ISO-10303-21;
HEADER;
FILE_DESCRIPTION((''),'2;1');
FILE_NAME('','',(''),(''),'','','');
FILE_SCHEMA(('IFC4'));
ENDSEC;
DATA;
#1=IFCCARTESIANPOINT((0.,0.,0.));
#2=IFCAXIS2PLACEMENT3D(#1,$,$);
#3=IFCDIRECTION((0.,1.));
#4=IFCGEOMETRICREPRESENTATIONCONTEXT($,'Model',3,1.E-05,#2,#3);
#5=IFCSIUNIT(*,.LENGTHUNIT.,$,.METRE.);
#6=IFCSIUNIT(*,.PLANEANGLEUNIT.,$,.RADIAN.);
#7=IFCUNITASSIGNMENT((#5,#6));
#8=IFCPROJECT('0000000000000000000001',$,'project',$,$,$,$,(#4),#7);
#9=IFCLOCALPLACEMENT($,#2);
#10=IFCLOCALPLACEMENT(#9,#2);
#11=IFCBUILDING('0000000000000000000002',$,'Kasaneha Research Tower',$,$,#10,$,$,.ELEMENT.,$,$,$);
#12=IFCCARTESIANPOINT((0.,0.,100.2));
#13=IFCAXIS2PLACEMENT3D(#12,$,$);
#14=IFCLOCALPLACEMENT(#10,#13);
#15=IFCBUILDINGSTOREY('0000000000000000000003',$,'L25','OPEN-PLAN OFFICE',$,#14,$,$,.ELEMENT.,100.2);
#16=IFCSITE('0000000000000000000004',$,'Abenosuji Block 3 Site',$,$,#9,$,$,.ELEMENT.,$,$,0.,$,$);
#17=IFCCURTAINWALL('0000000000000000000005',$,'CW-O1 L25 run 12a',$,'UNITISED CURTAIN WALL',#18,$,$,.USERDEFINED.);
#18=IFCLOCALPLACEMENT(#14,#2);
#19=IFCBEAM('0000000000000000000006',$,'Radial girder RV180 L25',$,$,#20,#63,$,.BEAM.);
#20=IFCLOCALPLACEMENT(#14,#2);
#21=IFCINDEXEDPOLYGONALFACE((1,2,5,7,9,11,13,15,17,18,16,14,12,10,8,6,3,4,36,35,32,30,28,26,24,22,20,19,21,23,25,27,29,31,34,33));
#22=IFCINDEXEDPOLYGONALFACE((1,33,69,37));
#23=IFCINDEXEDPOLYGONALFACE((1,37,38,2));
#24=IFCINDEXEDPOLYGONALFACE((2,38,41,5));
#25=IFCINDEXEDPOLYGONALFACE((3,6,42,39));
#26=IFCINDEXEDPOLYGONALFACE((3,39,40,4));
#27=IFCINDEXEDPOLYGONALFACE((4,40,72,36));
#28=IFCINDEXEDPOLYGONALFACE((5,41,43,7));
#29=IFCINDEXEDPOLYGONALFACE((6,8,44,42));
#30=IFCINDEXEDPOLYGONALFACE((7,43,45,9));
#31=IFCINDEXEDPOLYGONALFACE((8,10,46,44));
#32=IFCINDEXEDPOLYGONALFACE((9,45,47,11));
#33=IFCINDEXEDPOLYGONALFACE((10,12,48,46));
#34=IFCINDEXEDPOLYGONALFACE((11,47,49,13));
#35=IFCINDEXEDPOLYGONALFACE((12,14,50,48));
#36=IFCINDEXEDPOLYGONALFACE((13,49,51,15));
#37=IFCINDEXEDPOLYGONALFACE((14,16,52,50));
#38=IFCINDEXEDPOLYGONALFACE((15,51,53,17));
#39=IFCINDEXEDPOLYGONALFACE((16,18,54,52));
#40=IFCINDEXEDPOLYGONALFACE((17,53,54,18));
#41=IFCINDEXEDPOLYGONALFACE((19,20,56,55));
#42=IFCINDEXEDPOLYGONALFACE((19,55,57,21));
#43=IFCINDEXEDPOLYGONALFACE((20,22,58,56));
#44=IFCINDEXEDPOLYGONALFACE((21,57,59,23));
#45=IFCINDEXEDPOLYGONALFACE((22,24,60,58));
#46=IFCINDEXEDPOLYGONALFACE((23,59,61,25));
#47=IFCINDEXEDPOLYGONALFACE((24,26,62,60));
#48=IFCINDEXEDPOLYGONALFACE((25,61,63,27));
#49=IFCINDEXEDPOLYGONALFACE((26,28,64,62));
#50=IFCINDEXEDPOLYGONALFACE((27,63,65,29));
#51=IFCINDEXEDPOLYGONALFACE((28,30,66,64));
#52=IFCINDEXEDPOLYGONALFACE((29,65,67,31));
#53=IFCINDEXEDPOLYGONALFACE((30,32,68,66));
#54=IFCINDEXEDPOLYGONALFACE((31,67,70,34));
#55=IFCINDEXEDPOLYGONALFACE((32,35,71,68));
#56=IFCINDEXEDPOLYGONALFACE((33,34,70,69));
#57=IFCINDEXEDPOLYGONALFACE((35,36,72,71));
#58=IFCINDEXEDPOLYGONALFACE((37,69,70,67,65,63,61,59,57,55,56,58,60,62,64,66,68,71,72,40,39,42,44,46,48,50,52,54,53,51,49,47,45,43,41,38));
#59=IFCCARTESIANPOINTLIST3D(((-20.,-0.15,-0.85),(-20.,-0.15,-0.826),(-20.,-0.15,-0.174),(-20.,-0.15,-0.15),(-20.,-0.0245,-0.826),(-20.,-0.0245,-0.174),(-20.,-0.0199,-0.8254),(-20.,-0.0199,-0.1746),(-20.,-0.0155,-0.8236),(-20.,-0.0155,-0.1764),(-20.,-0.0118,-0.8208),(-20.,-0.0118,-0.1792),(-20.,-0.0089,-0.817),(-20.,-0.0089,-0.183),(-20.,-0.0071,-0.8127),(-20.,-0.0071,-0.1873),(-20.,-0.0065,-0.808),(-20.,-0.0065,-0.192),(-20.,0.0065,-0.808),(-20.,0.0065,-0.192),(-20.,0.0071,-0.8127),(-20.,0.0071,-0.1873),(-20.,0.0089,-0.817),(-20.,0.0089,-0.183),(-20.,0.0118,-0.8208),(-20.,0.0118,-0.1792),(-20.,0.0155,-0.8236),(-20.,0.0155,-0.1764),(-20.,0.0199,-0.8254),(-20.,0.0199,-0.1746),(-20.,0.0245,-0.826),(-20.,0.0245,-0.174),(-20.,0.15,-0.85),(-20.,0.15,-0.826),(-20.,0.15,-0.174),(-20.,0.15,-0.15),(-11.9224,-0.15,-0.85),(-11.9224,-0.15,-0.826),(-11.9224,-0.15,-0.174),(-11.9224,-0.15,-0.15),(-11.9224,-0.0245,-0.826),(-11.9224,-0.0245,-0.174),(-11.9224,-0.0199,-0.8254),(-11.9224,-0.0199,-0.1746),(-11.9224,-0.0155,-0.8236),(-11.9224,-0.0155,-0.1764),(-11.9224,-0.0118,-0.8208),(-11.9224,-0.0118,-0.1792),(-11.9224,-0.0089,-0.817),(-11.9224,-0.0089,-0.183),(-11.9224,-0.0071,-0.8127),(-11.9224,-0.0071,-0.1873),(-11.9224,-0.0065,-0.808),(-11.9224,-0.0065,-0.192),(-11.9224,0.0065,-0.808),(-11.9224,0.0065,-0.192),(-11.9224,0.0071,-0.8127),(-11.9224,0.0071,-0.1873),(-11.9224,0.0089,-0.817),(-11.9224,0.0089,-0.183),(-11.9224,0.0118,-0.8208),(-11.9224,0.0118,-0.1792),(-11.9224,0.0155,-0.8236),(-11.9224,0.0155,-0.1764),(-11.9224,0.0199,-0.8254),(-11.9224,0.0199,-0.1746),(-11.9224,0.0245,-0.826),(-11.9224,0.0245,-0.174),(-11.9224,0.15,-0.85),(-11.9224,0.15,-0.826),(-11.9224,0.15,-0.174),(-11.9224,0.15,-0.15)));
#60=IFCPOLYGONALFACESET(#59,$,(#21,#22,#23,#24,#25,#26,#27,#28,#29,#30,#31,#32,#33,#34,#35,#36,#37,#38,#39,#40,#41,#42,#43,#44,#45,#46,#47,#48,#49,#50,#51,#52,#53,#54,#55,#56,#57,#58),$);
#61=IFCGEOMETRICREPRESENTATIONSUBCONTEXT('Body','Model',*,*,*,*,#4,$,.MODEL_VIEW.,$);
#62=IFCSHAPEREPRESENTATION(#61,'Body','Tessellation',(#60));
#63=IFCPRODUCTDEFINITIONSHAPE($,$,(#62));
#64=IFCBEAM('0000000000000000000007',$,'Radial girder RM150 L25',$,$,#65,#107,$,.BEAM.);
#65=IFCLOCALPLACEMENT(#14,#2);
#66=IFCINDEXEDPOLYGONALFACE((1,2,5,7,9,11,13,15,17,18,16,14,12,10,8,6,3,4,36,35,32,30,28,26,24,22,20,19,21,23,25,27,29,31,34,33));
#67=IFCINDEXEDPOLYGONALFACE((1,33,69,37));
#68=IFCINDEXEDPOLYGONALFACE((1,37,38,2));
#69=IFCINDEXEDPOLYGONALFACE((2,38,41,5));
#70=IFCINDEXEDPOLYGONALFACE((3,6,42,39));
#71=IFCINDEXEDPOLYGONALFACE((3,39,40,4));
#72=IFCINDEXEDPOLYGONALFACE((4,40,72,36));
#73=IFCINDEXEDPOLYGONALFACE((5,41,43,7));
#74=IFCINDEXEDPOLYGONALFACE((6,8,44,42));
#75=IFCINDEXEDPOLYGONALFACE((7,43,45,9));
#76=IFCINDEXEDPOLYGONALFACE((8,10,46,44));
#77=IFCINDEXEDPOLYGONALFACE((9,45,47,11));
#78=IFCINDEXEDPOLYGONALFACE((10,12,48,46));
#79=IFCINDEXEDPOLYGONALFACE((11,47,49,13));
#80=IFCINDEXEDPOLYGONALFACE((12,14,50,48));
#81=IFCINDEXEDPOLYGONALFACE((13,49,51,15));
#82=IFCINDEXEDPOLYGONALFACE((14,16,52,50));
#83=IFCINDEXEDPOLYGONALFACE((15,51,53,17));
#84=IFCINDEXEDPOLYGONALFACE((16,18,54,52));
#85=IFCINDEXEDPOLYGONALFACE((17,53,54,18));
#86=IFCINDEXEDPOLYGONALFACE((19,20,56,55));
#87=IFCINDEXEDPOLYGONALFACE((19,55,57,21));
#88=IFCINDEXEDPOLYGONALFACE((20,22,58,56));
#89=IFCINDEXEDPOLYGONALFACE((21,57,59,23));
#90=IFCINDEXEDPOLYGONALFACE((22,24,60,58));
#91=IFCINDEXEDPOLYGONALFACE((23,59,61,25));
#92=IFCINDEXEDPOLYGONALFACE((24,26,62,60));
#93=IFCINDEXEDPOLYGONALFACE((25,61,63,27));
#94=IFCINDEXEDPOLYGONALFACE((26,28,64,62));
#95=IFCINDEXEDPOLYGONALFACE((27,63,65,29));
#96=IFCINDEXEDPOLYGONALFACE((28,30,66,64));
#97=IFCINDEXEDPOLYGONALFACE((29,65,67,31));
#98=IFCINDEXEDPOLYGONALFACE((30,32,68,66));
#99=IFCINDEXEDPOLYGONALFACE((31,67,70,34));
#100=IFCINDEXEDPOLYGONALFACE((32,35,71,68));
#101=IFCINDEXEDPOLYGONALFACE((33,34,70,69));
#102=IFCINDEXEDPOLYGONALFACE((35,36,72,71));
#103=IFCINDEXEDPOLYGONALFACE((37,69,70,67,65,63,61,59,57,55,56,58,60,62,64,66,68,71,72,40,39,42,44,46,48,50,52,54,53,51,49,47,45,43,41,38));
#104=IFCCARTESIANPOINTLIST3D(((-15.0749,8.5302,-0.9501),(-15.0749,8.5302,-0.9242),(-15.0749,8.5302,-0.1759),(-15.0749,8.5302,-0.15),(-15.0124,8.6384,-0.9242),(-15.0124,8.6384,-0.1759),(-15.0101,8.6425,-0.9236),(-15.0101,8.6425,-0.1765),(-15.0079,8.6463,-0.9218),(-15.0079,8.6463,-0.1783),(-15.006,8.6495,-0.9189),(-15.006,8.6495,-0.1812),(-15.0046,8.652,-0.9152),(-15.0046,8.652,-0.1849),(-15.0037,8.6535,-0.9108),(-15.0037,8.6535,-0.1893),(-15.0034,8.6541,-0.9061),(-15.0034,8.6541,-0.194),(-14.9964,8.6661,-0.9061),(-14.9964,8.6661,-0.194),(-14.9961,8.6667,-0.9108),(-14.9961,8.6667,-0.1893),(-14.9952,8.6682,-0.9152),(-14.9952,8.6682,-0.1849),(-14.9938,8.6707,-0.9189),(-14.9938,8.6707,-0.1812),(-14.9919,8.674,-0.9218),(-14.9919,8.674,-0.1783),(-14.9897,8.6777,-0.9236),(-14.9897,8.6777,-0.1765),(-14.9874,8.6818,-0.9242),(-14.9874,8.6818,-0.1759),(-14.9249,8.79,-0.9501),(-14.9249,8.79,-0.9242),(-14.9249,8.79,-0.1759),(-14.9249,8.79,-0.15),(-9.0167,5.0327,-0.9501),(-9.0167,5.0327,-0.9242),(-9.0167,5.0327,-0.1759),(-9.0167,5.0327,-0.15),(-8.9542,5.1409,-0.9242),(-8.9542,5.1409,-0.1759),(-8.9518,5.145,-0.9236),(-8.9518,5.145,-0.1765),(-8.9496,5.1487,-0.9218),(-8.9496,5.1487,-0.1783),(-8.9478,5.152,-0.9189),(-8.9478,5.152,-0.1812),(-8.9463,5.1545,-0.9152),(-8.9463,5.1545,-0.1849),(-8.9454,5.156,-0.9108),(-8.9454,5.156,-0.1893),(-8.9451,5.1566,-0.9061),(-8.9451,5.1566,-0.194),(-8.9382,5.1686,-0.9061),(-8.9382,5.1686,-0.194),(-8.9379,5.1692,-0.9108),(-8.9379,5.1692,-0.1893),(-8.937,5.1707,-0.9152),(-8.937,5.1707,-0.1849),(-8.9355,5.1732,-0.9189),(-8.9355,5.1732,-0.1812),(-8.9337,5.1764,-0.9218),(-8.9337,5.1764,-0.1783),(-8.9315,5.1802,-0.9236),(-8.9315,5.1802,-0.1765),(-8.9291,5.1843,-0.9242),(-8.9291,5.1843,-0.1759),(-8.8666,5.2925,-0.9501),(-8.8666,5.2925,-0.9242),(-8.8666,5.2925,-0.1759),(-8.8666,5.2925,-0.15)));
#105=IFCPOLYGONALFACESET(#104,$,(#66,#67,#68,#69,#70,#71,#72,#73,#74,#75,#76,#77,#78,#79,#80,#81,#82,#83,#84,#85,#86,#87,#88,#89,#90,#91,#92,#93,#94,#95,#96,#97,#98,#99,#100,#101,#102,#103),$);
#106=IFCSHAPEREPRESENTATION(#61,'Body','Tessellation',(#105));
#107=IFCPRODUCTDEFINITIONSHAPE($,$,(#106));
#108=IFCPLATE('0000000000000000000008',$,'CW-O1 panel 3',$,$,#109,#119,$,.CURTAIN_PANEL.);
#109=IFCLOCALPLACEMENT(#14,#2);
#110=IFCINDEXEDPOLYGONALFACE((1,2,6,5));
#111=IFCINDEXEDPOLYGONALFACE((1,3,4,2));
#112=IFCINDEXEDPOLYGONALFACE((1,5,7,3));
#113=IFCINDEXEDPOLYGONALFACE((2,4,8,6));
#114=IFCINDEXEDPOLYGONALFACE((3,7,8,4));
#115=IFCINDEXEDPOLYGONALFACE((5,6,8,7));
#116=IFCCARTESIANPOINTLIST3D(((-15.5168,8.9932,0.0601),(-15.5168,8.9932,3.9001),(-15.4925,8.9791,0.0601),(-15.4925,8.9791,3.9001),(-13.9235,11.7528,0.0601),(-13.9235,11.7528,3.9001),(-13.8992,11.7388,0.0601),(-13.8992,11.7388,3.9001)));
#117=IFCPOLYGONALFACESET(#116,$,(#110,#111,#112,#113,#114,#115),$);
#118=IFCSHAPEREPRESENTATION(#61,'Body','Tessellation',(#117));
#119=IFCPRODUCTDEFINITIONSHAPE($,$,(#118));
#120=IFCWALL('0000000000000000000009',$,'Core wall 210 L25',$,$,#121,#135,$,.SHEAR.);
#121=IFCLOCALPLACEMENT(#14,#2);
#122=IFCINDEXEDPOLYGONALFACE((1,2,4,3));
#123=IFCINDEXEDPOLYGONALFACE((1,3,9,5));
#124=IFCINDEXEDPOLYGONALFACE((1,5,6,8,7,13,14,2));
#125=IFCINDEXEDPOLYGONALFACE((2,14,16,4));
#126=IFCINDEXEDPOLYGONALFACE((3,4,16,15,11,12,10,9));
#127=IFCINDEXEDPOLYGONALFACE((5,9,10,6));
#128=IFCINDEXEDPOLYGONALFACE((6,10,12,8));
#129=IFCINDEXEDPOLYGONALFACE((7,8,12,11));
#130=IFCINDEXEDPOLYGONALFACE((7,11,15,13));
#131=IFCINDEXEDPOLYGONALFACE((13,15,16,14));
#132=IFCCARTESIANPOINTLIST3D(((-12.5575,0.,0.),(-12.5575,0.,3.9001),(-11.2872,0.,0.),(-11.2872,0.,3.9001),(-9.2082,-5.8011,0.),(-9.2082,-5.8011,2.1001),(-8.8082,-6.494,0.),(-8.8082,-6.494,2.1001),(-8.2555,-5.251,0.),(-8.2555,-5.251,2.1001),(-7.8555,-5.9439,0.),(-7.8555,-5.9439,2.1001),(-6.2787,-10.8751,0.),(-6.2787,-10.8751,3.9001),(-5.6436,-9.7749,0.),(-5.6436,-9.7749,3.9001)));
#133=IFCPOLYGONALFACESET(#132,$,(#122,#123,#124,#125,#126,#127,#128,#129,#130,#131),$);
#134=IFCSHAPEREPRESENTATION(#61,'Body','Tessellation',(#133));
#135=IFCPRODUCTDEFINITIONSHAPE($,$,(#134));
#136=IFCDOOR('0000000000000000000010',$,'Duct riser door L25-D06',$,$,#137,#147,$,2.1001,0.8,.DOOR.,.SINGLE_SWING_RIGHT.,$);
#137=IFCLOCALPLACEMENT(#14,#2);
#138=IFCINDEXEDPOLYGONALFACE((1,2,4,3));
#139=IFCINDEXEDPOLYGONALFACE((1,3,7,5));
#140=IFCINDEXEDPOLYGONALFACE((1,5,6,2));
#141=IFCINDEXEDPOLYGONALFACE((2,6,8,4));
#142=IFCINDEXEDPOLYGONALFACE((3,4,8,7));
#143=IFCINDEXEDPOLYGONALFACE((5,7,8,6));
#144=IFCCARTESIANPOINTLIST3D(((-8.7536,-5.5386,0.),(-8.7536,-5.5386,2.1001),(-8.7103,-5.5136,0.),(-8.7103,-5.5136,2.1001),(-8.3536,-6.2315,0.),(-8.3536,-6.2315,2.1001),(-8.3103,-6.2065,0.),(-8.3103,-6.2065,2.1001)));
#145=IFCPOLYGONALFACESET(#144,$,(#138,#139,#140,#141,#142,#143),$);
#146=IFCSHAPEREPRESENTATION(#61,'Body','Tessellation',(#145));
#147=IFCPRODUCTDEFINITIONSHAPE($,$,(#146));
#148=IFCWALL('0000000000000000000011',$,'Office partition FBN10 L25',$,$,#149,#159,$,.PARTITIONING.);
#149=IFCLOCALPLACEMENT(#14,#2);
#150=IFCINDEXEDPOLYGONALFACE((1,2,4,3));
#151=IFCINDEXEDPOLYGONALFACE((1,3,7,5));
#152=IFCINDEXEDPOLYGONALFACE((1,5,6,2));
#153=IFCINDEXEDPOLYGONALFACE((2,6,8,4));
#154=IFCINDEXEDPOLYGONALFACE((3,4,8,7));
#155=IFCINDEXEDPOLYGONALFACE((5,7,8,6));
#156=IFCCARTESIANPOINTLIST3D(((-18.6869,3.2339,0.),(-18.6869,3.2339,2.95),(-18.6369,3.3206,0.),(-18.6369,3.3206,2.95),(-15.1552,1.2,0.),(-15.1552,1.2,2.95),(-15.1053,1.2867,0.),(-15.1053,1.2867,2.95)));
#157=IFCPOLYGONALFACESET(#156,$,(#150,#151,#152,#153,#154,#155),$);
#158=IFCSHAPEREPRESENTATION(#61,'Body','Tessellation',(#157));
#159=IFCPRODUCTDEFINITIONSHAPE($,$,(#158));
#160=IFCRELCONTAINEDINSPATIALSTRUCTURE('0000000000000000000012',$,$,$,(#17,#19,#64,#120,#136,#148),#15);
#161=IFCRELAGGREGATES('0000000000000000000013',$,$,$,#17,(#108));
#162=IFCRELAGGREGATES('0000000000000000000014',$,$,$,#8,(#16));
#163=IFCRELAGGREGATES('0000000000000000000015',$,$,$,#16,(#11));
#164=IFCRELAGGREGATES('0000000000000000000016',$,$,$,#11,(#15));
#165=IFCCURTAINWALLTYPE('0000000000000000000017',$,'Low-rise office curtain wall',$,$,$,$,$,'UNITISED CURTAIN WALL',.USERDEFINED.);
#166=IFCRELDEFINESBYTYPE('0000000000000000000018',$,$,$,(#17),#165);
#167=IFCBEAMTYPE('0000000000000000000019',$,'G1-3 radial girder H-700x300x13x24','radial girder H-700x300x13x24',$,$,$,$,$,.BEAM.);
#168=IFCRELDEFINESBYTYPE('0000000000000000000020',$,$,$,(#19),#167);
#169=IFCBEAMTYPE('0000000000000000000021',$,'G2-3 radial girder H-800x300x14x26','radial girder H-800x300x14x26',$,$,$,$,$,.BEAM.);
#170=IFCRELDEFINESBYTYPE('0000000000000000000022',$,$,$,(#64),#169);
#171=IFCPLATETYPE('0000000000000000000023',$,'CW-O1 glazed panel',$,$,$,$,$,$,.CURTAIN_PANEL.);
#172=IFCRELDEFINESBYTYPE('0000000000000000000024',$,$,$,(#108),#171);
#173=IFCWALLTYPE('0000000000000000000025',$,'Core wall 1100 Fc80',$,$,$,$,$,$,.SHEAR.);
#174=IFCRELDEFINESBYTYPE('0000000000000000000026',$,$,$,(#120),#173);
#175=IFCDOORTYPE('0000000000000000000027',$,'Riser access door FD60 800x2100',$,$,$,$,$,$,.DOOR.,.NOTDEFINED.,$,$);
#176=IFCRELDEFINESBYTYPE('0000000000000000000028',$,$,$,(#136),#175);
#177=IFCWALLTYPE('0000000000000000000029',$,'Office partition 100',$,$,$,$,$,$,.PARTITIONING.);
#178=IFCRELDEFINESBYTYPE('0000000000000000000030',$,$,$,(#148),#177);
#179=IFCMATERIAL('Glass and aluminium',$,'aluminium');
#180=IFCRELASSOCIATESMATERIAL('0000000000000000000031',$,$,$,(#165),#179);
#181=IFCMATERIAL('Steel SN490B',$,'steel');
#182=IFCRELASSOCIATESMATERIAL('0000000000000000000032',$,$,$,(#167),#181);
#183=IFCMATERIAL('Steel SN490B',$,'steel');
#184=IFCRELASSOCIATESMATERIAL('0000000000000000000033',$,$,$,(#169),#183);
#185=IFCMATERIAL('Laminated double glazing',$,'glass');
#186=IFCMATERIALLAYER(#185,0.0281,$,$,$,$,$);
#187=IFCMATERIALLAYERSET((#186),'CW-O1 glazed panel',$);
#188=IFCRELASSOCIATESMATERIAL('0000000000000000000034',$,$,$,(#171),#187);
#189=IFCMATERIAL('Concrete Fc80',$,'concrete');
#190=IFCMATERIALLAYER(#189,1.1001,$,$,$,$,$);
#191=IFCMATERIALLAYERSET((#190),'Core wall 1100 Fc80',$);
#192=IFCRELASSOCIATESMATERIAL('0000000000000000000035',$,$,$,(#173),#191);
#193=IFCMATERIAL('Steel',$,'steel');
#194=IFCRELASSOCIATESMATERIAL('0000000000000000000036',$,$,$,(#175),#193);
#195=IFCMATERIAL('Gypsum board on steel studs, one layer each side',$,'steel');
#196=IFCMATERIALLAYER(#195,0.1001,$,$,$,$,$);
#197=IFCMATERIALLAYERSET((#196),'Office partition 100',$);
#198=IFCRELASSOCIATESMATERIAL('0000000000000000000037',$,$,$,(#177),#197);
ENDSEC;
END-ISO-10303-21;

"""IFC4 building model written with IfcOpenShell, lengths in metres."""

from ifc_helpers import new_model, si_unit, direction, frame, frame_2d, origin, origin_2d, place, context, subcontext, project, spatial, polyline, rectangle, i_section, outline, extrude, material, layer, layer_set, material_profile, profile_set, type_object, element, fill, aggregate, save


model = new_model("IFC4")

# Units and contexts
model_context = context("Model", 3, precision=1e-05, world=origin(), true_north=direction((0.0, 1.0)))
body_context = subcontext(model_context, "Body", "Model", "MODEL_VIEW")
ifc_project = project(units=[si_unit("LENGTHUNIT", "METRE"), si_unit("PLANEANGLEUNIT", "RADIAN")], contexts=[model_context])

# Site, building, storey
site_placement = place(None, origin())
site = spatial("IfcSite", under=ifc_project, at=site_placement, Name="Abenosuji Block 3 Site", CompositionType="ELEMENT", RefElevation=0.0)
building_placement = place(site_placement, origin())
building = spatial("IfcBuilding", under=site, at=building_placement, Name="Kasaneha Research Tower", CompositionType="ELEMENT")
storey_placement = place(building_placement, frame((0.0, 0.0, 100.2)))
storey = spatial("IfcBuildingStorey", under=building, at=storey_placement, Name="L25", Description="OPEN-PLAN OFFICE", CompositionType="ELEMENT", Elevation=100.2)

# Curtain wall
ifc_material_1 = material(Name="Glass and aluminium", Category="aluminium")
curtain_wall_type = type_object("IfcCurtainWallType", Name="Low-rise office curtain wall", ElementType="UNITISED CURTAIN WALL", PredefinedType="USERDEFINED", material=ifc_material_1)
curtain_wall_placement = place(storey_placement, origin())
curtain_wall = element("IfcCurtainWall", 1, at=curtain_wall_placement, inside=storey, type_object=curtain_wall_type, Name="CW-O1 L25 run 12a", ObjectType="UNITISED CURTAIN WALL", PredefinedType="USERDEFINED")

# Beams
ifc_material_2 = material(Name="Steel SN490B", Category="steel")
ifc_material_profile_1 = material_profile(ifc_material_2, i_section(OverallWidth=0.3, OverallDepth=0.7, WebThickness=0.0129, FlangeThickness=0.0239, FilletRadius=0.0181, at=origin_2d()), Name="H-700x300x13x24")
ifc_profile_set_1 = profile_set([ifc_material_profile_1], Name="Steel SN490B")
beam_type_1 = type_object("IfcBeamType", Name="G1-3 radial girder H-700x300x13x24", Description="radial girder H-700x300x13x24", PredefinedType="BEAM", material=ifc_profile_set_1)
beam_1_placement = place(storey_placement, frame((-11.9224, 0.0, -0.5), z_axis=(-1.0, 0.0, 0.0), x_axis=(0.0, -1.0, 0.0)))
element("IfcBeam", 2, at=beam_1_placement, inside=storey, type_object=beam_type_1, Name="Radial girder RV180 L25", PredefinedType="BEAM", context=body_context, shape_type="SweptSolid", body=[
    extrude(i_section(OverallWidth=0.3, OverallDepth=0.7, WebThickness=0.0129, FlangeThickness=0.0239, FilletRadius=0.0181, at=origin_2d()), origin(), (0.0, 0.0, 1.0), 8.0776),
])
ifc_material_3 = material(Name="Steel SN490B", Category="steel")
ifc_material_profile_2 = material_profile(ifc_material_3, i_section(OverallWidth=0.3, OverallDepth=0.8, WebThickness=0.0139, FlangeThickness=0.0259, FilletRadius=0.0181, at=origin_2d()), Name="H-800x300x14x26")
ifc_profile_set_2 = profile_set([ifc_material_profile_2], Name="Steel SN490B")
beam_type_2 = type_object("IfcBeamType", Name="G2-3 radial girder H-800x300x14x26", Description="radial girder H-800x300x14x26", PredefinedType="BEAM", material=ifc_profile_set_2)
beam_2_placement = place(storey_placement, frame((-8.9417, 5.1626, -0.55), z_axis=(-0.86604, 0.499975, 0.0), x_axis=(-0.499975, -0.86604, 0.0)))
element("IfcBeam", 3, at=beam_2_placement, inside=storey, type_object=beam_type_2, Name="Radial girder RM150 L25", PredefinedType="BEAM", context=body_context, shape_type="SweptSolid", body=[
    extrude(i_section(OverallWidth=0.3, OverallDepth=0.8, WebThickness=0.0139, FlangeThickness=0.0259, FilletRadius=0.0181, at=origin_2d()), origin(), (0.0, 0.0, 1.0), 6.9954),
])

# Plate
ifc_material_4 = material(Name="Laminated double glazing", Category="glass")
ifc_layer_1 = layer(ifc_material_4, 0.0281)
ifc_layer_set_1 = layer_set([ifc_layer_1], Name="CW-O1 glazed panel")
plate_type = type_object("IfcPlateType", Name="CW-O1 glazed panel", PredefinedType="CURTAIN_PANEL", material=ifc_layer_set_1)
plate_placement = place(storey_placement, frame((-14.708, 10.366, 0.0601), z_axis=(0.0, 0.0, 1.0), x_axis=(-0.5, -0.866025, 0.0)))
plate = element("IfcPlate", 4, at=plate_placement, type_object=plate_type, Name="CW-O1 panel 3", PredefinedType="CURTAIN_PANEL", context=body_context, shape_type="SweptSolid", body=[
    extrude(rectangle(XDim=3.1865, YDim=0.0281, at=origin_2d()), origin(), (0.0, 0.0, 1.0), 3.8401),
])
aggregate(curtain_wall, [plate])

# Wall, opening, door
ifc_material_5 = material(Name="Concrete Fc80", Category="concrete")
ifc_layer_2 = layer(ifc_material_5, 1.1001)
ifc_layer_set_2 = layer_set([ifc_layer_2], Name="Core wall 1100 Fc80")
wall_type_1 = type_object("IfcWallType", Name="Core wall 1100 Fc80", PredefinedType="SHEAR", material=ifc_layer_set_2)
wall_1_placement = place(storey_placement, frame((-11.9224, 0.0, 0.0), z_axis=(0.0, 0.0, 1.0), x_axis=(0.500004, -0.866023, 0.0)))
wall_1 = element("IfcWall", 5, at=wall_1_placement, inside=storey, type_object=wall_type_1, Name="Core wall 210 L25", PredefinedType="SHEAR", context=body_context, shape_type="SweptSolid", body=[
    extrude(outline(polyline([(-0.3176, -0.55), (6.3811, -0.55), (7.1812, -0.55), (12.24, -0.55), (11.6047, 0.55), (7.1812, 0.55), (6.3811, 0.55), (0.3176, 0.55), (-0.3176, -0.55)])), origin(), (0.0, 0.0, 1.0), 3.9001),
])
opening_1_placement = place(wall_1_placement, frame((6.3811, 0.0, 0.0)))
opening_1 = element("IfcOpeningElement", 6, at=opening_1_placement, cuts=wall_1, PredefinedType="OPENING", context=body_context, shape_type="SweptSolid", body=[
    extrude(rectangle(XDim=0.8, YDim=2.1001, at=frame_2d((0.3999, 1.05))), frame((0.0, 0.5601, 0.0), z_axis=(0.0, -1.0, 0.0), x_axis=(1.0, 0.0, 0.0)), (0.0, 0.0, 1.0), 1.1201),
])
ifc_material_6 = material(Name="Steel", Category="steel")
door_type_1 = type_object("IfcDoorType", Name="Riser access door FD60 800x2100", OperationType="NOTDEFINED", PredefinedType="DOOR", material=ifc_material_6)
door_1_placement = place(opening_1_placement, origin())
door_1 = element("IfcDoor", 7, at=door_1_placement, inside=storey, type_object=door_type_1, Name="Duct riser door L25-D06", OperationType="SINGLE_SWING_RIGHT", OverallHeight=2.1001, OverallWidth=0.8, PredefinedType="DOOR", context=body_context, shape_type="SweptSolid", body=[
    extrude(rectangle(XDim=0.8, YDim=2.1001, at=frame_2d((0.3999, 1.05))), frame((0.0, 0.0249, 0.0), z_axis=(0.0, -1.0, 0.0), x_axis=(1.0, 0.0, 0.0)), (0.0, 0.0, 1.0), 0.05),
])
fill(opening_1, door_1)

# Wall
ifc_material_7 = material(Name="Gypsum board on steel studs, one layer each side", Category="steel")
ifc_layer_3 = layer(ifc_material_7, 0.1001)
ifc_layer_set_3 = layer_set([ifc_layer_3], Name="Office partition 100")
wall_type_2 = type_object("IfcWallType", Name="Office partition 100", PredefinedType="PARTITIONING", material=ifc_layer_set_3)
wall_2_placement = place(storey_placement, frame((-15.1304, 1.2434, 0.0), z_axis=(0.0, 0.0, 1.0), x_axis=(-0.866568, 0.499059, 0.0)))
element("IfcWall", 8, at=wall_2_placement, inside=storey, type_object=wall_type_2, Name="Office partition FBN10 L25", PredefinedType="PARTITIONING", context=body_context, shape_type="SweptSolid", body=[
    extrude(rectangle(XDim=4.0754, YDim=0.1001, at=frame_2d((2.0376, 0.0))), origin(), (0.0, 0.0, 1.0), 2.95),
])

save(model, "model.ifc")
